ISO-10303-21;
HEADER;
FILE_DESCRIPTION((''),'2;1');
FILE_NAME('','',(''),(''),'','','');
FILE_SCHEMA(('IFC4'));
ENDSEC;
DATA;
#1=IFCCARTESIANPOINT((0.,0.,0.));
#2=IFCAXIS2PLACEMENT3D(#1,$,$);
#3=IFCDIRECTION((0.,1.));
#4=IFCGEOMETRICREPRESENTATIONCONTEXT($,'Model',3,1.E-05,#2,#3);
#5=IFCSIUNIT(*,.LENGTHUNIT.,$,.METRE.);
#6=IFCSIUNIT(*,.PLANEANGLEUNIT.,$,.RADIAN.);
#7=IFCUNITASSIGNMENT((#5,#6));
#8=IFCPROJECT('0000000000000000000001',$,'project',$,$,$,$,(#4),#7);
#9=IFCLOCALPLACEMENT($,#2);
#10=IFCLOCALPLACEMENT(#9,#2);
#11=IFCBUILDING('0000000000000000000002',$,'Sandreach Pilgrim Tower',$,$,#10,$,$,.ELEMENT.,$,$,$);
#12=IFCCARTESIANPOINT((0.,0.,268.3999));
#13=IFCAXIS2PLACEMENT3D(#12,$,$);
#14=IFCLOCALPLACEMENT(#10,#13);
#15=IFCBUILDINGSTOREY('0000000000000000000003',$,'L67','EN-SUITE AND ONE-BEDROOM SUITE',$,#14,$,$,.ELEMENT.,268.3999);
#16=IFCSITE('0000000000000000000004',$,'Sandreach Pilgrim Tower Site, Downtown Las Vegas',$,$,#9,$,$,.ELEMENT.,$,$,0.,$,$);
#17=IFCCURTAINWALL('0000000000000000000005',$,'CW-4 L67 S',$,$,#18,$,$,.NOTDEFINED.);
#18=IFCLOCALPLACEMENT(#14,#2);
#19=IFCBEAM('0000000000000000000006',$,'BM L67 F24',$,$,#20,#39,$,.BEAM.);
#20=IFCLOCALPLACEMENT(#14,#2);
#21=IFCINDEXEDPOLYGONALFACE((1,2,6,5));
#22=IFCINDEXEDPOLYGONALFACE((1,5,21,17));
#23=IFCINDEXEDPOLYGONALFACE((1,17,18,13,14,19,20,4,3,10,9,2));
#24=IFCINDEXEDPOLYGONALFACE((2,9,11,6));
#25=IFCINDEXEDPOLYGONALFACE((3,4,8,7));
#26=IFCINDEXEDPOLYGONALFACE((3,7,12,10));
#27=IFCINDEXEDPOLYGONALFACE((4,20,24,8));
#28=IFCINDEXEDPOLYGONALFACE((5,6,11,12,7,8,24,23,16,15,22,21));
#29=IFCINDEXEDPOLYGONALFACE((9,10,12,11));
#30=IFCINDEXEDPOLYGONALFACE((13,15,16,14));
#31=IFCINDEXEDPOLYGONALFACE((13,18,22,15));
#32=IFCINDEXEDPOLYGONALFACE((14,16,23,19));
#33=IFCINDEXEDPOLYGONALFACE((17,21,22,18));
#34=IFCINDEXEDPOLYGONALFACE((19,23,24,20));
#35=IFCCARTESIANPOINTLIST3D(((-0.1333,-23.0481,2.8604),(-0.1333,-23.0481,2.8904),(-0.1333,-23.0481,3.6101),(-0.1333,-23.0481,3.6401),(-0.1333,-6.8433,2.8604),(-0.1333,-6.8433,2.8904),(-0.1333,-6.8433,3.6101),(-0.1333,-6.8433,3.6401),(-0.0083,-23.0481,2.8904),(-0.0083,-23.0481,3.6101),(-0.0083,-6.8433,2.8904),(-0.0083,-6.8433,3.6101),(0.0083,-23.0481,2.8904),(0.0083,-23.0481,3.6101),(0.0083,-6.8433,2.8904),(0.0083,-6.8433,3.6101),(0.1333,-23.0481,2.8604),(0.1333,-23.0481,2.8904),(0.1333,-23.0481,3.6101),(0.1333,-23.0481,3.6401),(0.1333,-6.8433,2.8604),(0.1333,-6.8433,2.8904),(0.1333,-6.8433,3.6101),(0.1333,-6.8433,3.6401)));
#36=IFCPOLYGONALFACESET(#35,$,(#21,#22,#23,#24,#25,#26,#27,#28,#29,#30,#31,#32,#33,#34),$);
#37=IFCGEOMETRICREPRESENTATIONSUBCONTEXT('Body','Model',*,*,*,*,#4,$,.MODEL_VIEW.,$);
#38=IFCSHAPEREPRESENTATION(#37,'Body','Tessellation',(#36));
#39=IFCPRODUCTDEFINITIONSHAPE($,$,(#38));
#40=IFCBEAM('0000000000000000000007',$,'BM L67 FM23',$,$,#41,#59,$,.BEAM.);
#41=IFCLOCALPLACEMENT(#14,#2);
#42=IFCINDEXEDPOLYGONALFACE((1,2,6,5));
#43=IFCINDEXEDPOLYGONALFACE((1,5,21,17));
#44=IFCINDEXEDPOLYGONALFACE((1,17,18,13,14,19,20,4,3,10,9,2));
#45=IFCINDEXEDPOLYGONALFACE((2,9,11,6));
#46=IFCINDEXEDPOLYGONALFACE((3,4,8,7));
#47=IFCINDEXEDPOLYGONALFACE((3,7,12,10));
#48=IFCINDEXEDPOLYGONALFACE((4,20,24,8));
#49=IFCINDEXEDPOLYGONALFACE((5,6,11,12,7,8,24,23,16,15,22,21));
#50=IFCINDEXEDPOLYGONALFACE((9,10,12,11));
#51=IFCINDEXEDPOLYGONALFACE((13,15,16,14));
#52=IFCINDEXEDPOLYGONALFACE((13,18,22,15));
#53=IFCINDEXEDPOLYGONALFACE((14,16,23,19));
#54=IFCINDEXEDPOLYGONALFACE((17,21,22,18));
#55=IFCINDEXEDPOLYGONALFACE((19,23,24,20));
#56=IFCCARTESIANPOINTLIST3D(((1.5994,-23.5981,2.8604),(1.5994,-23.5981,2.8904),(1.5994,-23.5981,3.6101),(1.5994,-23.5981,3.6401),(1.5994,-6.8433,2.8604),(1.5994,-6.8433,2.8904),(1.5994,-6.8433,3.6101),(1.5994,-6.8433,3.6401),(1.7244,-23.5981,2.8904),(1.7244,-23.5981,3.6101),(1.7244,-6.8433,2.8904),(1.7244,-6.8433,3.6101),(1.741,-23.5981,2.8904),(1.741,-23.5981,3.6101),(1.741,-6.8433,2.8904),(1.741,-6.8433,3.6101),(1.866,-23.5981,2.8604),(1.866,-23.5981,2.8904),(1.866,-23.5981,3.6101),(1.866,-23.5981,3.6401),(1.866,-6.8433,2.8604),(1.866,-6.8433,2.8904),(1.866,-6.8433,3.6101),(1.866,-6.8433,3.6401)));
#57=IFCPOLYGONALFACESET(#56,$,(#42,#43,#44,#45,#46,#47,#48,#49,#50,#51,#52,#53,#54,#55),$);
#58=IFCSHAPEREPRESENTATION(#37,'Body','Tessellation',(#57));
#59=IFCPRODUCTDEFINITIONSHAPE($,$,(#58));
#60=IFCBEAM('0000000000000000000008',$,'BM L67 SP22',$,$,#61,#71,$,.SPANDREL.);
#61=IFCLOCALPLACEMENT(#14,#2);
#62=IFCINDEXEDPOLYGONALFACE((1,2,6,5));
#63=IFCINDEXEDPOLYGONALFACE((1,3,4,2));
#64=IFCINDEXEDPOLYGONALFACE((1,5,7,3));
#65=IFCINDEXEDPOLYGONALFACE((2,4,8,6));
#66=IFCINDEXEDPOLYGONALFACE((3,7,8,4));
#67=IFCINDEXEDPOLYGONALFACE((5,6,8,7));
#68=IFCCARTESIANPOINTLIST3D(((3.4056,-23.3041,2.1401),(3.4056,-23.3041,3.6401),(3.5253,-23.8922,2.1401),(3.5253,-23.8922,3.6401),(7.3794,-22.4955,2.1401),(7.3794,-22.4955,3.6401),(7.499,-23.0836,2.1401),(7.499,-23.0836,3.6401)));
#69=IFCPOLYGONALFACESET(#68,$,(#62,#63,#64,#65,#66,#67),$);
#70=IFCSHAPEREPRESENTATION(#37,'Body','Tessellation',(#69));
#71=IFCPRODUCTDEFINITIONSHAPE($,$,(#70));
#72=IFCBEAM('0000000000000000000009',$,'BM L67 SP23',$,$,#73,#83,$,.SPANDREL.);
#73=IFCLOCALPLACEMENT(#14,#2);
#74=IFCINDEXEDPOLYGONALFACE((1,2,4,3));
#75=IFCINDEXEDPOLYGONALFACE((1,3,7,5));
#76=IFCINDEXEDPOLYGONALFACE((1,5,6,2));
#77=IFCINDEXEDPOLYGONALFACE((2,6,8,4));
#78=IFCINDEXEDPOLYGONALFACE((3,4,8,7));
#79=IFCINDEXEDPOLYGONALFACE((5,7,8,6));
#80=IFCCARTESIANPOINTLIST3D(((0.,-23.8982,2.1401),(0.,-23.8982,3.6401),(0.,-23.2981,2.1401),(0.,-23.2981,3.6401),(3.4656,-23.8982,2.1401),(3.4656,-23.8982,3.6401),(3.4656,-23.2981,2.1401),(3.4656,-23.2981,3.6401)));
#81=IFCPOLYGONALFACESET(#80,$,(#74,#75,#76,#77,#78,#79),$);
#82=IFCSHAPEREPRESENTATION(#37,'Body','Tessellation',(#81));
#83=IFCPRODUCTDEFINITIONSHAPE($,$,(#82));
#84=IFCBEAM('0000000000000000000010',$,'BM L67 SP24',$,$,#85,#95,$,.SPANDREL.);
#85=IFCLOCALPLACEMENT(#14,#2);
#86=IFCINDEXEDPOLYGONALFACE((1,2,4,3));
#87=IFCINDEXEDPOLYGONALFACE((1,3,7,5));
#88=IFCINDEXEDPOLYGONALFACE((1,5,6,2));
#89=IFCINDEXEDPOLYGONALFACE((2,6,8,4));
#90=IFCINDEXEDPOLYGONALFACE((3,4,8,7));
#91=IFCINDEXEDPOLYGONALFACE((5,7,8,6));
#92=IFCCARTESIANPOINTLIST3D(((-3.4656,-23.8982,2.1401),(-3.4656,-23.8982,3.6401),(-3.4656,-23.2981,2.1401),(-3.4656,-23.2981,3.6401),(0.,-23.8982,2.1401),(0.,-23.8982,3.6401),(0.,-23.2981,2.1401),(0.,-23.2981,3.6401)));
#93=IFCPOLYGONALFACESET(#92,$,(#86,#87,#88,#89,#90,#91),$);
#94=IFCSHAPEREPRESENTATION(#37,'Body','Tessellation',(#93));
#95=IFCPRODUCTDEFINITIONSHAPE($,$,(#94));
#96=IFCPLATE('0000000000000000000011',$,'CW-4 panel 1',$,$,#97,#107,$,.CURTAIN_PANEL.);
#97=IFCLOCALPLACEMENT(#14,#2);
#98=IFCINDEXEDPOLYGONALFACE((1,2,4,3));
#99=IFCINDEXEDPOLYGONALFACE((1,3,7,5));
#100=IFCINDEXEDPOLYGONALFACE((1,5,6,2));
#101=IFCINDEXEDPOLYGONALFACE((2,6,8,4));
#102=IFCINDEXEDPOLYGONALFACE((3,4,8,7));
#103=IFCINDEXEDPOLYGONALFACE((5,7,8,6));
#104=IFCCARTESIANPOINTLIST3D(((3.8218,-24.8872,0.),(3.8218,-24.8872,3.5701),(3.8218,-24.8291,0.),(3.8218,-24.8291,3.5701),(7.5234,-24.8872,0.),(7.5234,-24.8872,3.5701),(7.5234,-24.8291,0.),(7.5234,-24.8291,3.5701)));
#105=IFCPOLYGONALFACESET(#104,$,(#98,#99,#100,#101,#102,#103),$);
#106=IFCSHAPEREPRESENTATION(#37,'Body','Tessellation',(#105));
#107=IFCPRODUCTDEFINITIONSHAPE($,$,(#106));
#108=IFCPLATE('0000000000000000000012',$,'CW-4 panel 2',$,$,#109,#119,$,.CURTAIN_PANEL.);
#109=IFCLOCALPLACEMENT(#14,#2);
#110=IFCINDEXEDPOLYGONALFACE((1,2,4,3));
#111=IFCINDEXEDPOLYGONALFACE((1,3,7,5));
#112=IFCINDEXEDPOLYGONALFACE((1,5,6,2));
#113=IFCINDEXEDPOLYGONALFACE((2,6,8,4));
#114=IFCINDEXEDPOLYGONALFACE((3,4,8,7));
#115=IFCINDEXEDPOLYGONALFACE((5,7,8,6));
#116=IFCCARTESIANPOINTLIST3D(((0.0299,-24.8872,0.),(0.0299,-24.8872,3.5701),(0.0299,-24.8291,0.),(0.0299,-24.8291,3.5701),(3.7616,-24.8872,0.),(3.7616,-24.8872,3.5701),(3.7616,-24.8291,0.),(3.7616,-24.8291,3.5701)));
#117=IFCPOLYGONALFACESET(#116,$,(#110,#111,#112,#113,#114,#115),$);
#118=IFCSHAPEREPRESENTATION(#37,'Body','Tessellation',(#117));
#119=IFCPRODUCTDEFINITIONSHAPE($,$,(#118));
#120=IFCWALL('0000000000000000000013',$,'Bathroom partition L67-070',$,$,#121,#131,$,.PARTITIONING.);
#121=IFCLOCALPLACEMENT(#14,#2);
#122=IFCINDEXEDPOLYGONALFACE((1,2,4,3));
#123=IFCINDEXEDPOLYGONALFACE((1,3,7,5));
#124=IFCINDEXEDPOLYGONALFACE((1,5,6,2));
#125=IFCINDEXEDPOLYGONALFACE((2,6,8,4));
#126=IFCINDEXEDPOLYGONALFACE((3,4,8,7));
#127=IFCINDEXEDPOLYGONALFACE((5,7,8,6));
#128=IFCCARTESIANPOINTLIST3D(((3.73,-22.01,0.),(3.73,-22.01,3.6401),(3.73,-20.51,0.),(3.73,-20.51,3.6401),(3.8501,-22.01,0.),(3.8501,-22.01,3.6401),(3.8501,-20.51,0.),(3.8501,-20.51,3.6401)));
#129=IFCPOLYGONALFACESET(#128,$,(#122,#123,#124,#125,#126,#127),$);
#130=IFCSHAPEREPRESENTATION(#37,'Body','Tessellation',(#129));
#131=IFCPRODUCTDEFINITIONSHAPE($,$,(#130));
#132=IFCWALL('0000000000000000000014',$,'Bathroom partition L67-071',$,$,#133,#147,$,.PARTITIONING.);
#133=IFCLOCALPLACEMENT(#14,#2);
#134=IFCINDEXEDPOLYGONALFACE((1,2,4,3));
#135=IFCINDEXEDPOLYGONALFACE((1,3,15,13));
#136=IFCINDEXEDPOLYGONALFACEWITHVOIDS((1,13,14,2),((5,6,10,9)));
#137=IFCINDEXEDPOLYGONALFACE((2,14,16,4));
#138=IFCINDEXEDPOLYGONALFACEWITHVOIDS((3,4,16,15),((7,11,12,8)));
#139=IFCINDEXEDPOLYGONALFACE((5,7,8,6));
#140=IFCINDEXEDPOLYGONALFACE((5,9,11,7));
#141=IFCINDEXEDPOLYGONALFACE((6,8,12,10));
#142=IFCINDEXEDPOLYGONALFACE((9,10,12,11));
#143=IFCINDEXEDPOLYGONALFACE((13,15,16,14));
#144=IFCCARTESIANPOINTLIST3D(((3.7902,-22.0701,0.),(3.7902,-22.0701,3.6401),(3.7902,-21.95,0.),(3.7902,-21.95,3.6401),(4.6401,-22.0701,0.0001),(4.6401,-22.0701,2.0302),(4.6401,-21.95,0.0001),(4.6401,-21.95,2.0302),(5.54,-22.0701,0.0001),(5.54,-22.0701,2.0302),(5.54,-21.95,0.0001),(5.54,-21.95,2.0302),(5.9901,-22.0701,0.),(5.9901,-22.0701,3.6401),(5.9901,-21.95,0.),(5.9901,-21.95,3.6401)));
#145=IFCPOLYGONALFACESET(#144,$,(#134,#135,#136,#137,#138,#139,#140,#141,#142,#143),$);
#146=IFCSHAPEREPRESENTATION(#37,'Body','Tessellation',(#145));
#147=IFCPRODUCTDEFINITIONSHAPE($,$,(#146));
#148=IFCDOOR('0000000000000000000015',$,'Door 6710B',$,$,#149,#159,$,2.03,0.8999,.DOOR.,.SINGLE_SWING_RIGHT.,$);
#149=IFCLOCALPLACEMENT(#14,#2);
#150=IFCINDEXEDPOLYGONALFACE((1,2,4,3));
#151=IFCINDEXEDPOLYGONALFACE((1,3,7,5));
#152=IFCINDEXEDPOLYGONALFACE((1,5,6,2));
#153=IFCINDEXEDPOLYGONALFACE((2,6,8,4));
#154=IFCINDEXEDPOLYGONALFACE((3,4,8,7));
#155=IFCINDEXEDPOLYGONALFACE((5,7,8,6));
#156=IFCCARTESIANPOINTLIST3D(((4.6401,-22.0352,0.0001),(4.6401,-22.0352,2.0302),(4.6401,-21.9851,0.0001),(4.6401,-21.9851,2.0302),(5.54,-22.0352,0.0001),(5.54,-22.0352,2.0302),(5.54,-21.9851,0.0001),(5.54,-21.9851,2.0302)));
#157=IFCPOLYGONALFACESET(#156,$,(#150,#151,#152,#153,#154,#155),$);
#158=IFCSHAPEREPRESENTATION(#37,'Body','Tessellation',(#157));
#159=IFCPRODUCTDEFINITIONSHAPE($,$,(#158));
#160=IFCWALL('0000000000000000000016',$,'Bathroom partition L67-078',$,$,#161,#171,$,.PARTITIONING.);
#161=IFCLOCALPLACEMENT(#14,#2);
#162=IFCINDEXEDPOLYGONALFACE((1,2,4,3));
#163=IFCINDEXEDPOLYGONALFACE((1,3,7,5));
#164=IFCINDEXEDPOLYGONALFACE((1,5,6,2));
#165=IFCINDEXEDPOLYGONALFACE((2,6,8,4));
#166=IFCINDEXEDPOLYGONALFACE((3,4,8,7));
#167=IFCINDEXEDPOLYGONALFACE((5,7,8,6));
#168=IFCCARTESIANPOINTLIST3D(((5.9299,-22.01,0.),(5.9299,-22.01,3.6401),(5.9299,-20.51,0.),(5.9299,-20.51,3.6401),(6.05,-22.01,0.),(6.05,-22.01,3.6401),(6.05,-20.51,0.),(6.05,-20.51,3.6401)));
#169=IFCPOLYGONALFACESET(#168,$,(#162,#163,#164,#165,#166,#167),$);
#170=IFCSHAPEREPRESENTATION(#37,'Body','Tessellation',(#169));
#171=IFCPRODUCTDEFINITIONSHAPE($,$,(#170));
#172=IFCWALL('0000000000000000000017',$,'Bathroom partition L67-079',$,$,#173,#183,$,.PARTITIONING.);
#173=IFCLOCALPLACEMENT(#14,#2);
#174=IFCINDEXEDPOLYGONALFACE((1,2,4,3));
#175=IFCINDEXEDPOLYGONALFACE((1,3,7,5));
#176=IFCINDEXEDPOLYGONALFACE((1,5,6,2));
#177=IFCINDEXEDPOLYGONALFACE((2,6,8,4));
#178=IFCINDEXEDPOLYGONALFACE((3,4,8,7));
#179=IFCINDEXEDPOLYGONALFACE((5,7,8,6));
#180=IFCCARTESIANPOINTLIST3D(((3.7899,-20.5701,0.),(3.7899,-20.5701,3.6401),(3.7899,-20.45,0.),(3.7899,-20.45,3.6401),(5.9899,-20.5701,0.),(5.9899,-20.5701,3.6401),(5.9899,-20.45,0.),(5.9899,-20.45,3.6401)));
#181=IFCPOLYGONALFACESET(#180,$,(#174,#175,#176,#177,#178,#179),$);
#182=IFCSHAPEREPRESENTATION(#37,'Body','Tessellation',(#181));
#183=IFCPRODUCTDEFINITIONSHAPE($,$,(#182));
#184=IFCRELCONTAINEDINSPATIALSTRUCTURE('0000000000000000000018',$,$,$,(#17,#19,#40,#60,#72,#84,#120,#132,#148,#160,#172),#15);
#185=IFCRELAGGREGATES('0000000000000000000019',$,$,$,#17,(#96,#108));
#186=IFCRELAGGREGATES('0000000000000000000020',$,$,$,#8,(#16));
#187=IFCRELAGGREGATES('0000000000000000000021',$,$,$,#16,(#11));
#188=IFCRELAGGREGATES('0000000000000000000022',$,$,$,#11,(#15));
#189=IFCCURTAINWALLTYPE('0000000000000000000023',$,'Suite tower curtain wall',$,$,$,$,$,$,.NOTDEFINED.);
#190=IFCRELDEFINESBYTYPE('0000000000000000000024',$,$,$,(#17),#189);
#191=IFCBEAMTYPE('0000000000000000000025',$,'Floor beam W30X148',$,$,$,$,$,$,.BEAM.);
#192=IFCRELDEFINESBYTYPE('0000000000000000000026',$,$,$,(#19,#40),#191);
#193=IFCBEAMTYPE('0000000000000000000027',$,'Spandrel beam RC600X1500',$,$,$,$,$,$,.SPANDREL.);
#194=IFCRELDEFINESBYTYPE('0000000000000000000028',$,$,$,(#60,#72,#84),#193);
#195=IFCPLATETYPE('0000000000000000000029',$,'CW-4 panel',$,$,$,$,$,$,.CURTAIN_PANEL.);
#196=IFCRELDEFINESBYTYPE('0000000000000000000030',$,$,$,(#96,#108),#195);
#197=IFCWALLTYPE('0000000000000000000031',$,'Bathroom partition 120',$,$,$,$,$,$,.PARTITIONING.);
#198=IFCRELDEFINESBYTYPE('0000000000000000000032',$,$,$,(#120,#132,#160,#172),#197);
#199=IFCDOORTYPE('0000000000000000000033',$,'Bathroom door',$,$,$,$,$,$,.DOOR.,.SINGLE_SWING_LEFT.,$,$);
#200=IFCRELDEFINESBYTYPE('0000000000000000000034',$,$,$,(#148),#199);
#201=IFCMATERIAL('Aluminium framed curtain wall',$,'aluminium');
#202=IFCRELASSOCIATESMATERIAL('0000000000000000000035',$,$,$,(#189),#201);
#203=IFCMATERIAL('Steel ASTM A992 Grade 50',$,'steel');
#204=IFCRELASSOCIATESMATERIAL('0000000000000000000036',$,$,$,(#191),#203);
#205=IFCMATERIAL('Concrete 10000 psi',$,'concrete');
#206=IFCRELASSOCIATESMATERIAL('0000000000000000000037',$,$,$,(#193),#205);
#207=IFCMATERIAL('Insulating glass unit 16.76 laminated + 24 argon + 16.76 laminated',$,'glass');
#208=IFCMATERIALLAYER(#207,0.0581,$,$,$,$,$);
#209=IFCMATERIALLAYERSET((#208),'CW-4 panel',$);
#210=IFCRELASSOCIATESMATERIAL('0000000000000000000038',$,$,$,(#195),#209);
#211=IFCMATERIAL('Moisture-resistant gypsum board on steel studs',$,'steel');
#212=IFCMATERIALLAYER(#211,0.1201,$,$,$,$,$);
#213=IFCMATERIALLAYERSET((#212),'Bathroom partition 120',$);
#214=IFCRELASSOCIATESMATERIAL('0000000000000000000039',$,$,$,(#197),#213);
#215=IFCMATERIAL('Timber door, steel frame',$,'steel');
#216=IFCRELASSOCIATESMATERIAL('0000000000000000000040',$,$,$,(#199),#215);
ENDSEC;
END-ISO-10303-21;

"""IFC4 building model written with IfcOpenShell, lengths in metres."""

from ifc_helpers import new_model, si_unit, direction, frame, frame_2d, origin, origin_2d, place, context, subcontext, project, spatial, rectangle, i_section, extrude, material, layer, layer_set, material_profile, profile_set, type_object, element, fill, aggregate, save


model = new_model("IFC4")

# Units and contexts
model_context = context("Model", 3, precision=1e-05, world=origin(), true_north=direction((0.0, 1.0)))
body_context = subcontext(model_context, "Body", "Model", "MODEL_VIEW")
ifc_project = project(units=[si_unit("LENGTHUNIT", "METRE"), si_unit("PLANEANGLEUNIT", "RADIAN")], contexts=[model_context])

# Site, building, storey
site_placement = place(None, origin())
site = spatial("IfcSite", under=ifc_project, at=site_placement, Name="Sandreach Pilgrim Tower Site, Downtown Las Vegas", CompositionType="ELEMENT", RefElevation=0.0)
building_placement = place(site_placement, origin())
building = spatial("IfcBuilding", under=site, at=building_placement, Name="Sandreach Pilgrim Tower", CompositionType="ELEMENT")
storey_placement = place(building_placement, frame((0.0, 0.0, 268.3999)))
storey = spatial("IfcBuildingStorey", under=building, at=storey_placement, Name="L67", Description="EN-SUITE AND ONE-BEDROOM SUITE", CompositionType="ELEMENT", Elevation=268.3999)

# Curtain wall
ifc_material_1 = material(Name="Aluminium framed curtain wall", Category="aluminium")
curtain_wall_type = type_object("IfcCurtainWallType", Name="Suite tower curtain wall", PredefinedType="NOTDEFINED", material=ifc_material_1)
curtain_wall_placement = place(storey_placement, origin())
curtain_wall = element("IfcCurtainWall", 1, at=curtain_wall_placement, inside=storey, type_object=curtain_wall_type, Name="CW-4 L67 S", PredefinedType="NOTDEFINED")

# Beams
ifc_material_2 = material(Name="Steel ASTM A992 Grade 50", Category="steel")
ifc_material_profile_1 = material_profile(ifc_material_2, i_section(OverallWidth=0.2666, OverallDepth=0.7798, WebThickness=0.0166, FlangeThickness=0.03, at=origin_2d()), Name="W30X148")
ifc_profile_set_1 = profile_set([ifc_material_profile_1], Name="Steel ASTM A992 Grade 50")
beam_type_1 = type_object("IfcBeamType", Name="Floor beam W30X148", PredefinedType="BEAM", material=ifc_profile_set_1)
beam_1_placement = place(storey_placement, frame((0.0, -23.0481, 3.2502), z_axis=(0.0, 1.0, 0.0), x_axis=(-1.0, 0.0, 0.0)))
element("IfcBeam", 2, at=beam_1_placement, inside=storey, type_object=beam_type_1, Name="BM L67 F24", PredefinedType="BEAM", context=body_context, shape_type="SweptSolid", body=[
    extrude(i_section(OverallWidth=0.2666, OverallDepth=0.7798, WebThickness=0.0166, FlangeThickness=0.03, at=origin_2d()), origin(), (0.0, 0.0, 1.0), 16.2048),
])
beam_2_placement = place(storey_placement, frame((1.7327, -23.5981, 3.2502), z_axis=(0.0, 1.0, 0.0), x_axis=(-1.0, 0.0, 0.0)))
element("IfcBeam", 3, at=beam_2_placement, inside=storey, type_object=beam_type_1, Name="BM L67 FM23", PredefinedType="BEAM", context=body_context, shape_type="SweptSolid", body=[
    extrude(i_section(OverallWidth=0.2666, OverallDepth=0.7798, WebThickness=0.0166, FlangeThickness=0.03, at=origin_2d()), origin(), (0.0, 0.0, 1.0), 16.7549),
])
ifc_material_3 = material(Name="Concrete 10000 psi", Category="concrete")
ifc_material_profile_2 = material_profile(ifc_material_3, rectangle(XDim=0.6001, YDim=1.5, at=origin_2d()), Name="RC600X1500")
ifc_profile_set_2 = profile_set([ifc_material_profile_2], Name="Concrete 10000 psi")
beam_type_2 = type_object("IfcBeamType", Name="Spandrel beam RC600X1500", PredefinedType="SPANDREL", material=ifc_profile_set_2)
beam_3_placement = place(storey_placement, frame((7.4392, -22.7896, 2.8901), z_axis=(-0.979918, -0.199403, 0.0), x_axis=(0.199403, -0.979918, 0.0)))
element("IfcBeam", 4, at=beam_3_placement, inside=storey, type_object=beam_type_2, Name="BM L67 SP22", PredefinedType="SPANDREL", context=body_context, shape_type="SweptSolid", body=[
    extrude(rectangle(XDim=0.6001, YDim=1.5, at=origin_2d()), origin(), (0.0, 0.0, 1.0), 4.0552),
])
for number, where, z_axis, x_axis, name in (
    (5, (3.4656, -23.5981, 2.8901), (-1.0, 0.0, 0.0), (0.0, -1.0, 0.0), "BM L67 SP23"),
    (6, (0.0, -23.5981, 2.8901), (-1.0, 0.0, 0.0), (0.0, -1.0, 0.0), "BM L67 SP24"),
):
    element("IfcBeam", number, at=place(storey_placement, frame(where, z_axis=z_axis, x_axis=x_axis)), inside=storey, type_object=beam_type_2, Name=name, PredefinedType="SPANDREL", context=body_context, shape_type="SweptSolid", body=[
        extrude(rectangle(XDim=0.6001, YDim=1.5, at=origin_2d()), origin(), (0.0, 0.0, 1.0), 3.4656),
    ])

# Plates
ifc_material_4 = material(Name="Insulating glass unit 16.76 laminated + 24 argon + 16.76 laminated", Category="glass")
ifc_layer_1 = layer(ifc_material_4, 0.0581)
ifc_layer_set_1 = layer_set([ifc_layer_1], Name="CW-4 panel")
plate_type = type_object("IfcPlateType", Name="CW-4 panel", PredefinedType="CURTAIN_PANEL", material=ifc_layer_set_1)
plate_1_placement = place(storey_placement, frame((5.6726, -24.8582, 0.0), z_axis=(0.0, 0.0, 1.0), x_axis=(-1.0, 0.0, 0.0)))
plate_1 = element("IfcPlate", 7, at=plate_1_placement, type_object=plate_type, Name="CW-4 panel 1", PredefinedType="CURTAIN_PANEL", context=body_context, shape_type="SweptSolid", body=[
    extrude(rectangle(XDim=3.7017, YDim=0.0581, at=origin_2d()), origin(), (0.0, 0.0, 1.0), 3.5701),
])
plate_2_placement = place(storey_placement, frame((1.8958, -24.8582, 0.0), z_axis=(0.0, 0.0, 1.0), x_axis=(-1.0, 0.0, 0.0)))
plate_2 = element("IfcPlate", 8, at=plate_2_placement, type_object=plate_type, Name="CW-4 panel 2", PredefinedType="CURTAIN_PANEL", context=body_context, shape_type="SweptSolid", body=[
    extrude(rectangle(XDim=3.7317, YDim=0.0581, at=origin_2d()), origin(), (0.0, 0.0, 1.0), 3.5701),
])
aggregate(curtain_wall, [plate_1, plate_2])

# Wall
ifc_material_5 = material(Name="Moisture-resistant gypsum board on steel studs", Category="steel")
ifc_layer_2 = layer(ifc_material_5, 0.1201)
ifc_layer_set_2 = layer_set([ifc_layer_2], Name="Bathroom partition 120")
wall_type_1 = type_object("IfcWallType", Name="Bathroom partition 120", PredefinedType="PARTITIONING", material=ifc_layer_set_2)
wall_1_placement = place(storey_placement, frame((3.79, -22.01, 0.0), z_axis=(0.0, 0.0, 1.0), x_axis=(0.0, 1.0, 0.0)))
element("IfcWall", 9, at=wall_1_placement, inside=storey, type_object=wall_type_1, Name="Bathroom partition L67-070", PredefinedType="PARTITIONING", context=body_context, shape_type="SweptSolid", body=[
    extrude(rectangle(XDim=1.5, YDim=0.1201, at=frame_2d((0.75, 0.0))), origin(), (0.0, 0.0, 1.0), 3.6401),
])

# Wall, opening, door
wall_2_placement = place(storey_placement, frame((3.79, -22.01, 0.0), z_axis=(0.0, 0.0, 1.0), x_axis=(1.0, 0.0, 0.0)))
wall_2 = element("IfcWall", 10, at=wall_2_placement, inside=storey, type_object=wall_type_1, Name="Bathroom partition L67-071", PredefinedType="PARTITIONING", context=body_context, shape_type="SweptSolid", body=[
    extrude(rectangle(XDim=2.2, YDim=0.1201, at=frame_2d((1.1001, 0.0))), origin(), (0.0, 0.0, 1.0), 3.6401),
])
opening_1_placement = place(wall_2_placement, frame((0.8501, 0.0, 0.0)))
opening_1 = element("IfcOpeningElement", 11, at=opening_1_placement, cuts=wall_2, PredefinedType="OPENING", context=body_context, shape_type="SweptSolid", body=[
    extrude(rectangle(XDim=0.8999, YDim=2.03, at=frame_2d((0.45, 1.0151))), frame((0.0, 0.0601, 0.0), z_axis=(0.0, -1.0, 0.0), x_axis=(1.0, 0.0, 0.0)), (0.0, 0.0, 1.0), 0.1201),
])
ifc_material_6 = material(Name="Timber door, steel frame", Category="steel")
door_type_1 = type_object("IfcDoorType", Name="Bathroom door", OperationType="SINGLE_SWING_LEFT", PredefinedType="DOOR", material=ifc_material_6)
door_1_placement = place(opening_1_placement, origin())
door_1 = element("IfcDoor", 12, at=door_1_placement, inside=storey, type_object=door_type_1, Name="Door 6710B", OperationType="SINGLE_SWING_RIGHT", OverallHeight=2.03, OverallWidth=0.8999, PredefinedType="DOOR", context=body_context, shape_type="SweptSolid", body=[
    extrude(rectangle(XDim=0.8999, YDim=2.03, at=frame_2d((0.45, 1.0151))), frame((0.0, 0.0249, 0.0), z_axis=(0.0, -1.0, 0.0), x_axis=(1.0, 0.0, 0.0)), (0.0, 0.0, 1.0), 0.05),
])
fill(opening_1, door_1)

# Walls
wall_3_placement = place(storey_placement, frame((5.99, -22.01, 0.0), z_axis=(0.0, 0.0, 1.0), x_axis=(0.0, 1.0, 0.0)))
element("IfcWall", 13, at=wall_3_placement, inside=storey, type_object=wall_type_1, Name="Bathroom partition L67-078", PredefinedType="PARTITIONING", context=body_context, shape_type="SweptSolid", body=[
    extrude(rectangle(XDim=1.5, YDim=0.1201, at=frame_2d((0.75, 0.0))), origin(), (0.0, 0.0, 1.0), 3.6401),
])
wall_4_placement = place(storey_placement, frame((5.99, -20.51, 0.0), z_axis=(0.0, 0.0, 1.0), x_axis=(-1.0, 0.0, 0.0)))
element("IfcWall", 14, at=wall_4_placement, inside=storey, type_object=wall_type_1, Name="Bathroom partition L67-079", PredefinedType="PARTITIONING", context=body_context, shape_type="SweptSolid", body=[
    extrude(rectangle(XDim=2.2, YDim=0.1201, at=frame_2d((1.1001, 0.0))), origin(), (0.0, 0.0, 1.0), 3.6401),
])

save(model, "model.ifc")
